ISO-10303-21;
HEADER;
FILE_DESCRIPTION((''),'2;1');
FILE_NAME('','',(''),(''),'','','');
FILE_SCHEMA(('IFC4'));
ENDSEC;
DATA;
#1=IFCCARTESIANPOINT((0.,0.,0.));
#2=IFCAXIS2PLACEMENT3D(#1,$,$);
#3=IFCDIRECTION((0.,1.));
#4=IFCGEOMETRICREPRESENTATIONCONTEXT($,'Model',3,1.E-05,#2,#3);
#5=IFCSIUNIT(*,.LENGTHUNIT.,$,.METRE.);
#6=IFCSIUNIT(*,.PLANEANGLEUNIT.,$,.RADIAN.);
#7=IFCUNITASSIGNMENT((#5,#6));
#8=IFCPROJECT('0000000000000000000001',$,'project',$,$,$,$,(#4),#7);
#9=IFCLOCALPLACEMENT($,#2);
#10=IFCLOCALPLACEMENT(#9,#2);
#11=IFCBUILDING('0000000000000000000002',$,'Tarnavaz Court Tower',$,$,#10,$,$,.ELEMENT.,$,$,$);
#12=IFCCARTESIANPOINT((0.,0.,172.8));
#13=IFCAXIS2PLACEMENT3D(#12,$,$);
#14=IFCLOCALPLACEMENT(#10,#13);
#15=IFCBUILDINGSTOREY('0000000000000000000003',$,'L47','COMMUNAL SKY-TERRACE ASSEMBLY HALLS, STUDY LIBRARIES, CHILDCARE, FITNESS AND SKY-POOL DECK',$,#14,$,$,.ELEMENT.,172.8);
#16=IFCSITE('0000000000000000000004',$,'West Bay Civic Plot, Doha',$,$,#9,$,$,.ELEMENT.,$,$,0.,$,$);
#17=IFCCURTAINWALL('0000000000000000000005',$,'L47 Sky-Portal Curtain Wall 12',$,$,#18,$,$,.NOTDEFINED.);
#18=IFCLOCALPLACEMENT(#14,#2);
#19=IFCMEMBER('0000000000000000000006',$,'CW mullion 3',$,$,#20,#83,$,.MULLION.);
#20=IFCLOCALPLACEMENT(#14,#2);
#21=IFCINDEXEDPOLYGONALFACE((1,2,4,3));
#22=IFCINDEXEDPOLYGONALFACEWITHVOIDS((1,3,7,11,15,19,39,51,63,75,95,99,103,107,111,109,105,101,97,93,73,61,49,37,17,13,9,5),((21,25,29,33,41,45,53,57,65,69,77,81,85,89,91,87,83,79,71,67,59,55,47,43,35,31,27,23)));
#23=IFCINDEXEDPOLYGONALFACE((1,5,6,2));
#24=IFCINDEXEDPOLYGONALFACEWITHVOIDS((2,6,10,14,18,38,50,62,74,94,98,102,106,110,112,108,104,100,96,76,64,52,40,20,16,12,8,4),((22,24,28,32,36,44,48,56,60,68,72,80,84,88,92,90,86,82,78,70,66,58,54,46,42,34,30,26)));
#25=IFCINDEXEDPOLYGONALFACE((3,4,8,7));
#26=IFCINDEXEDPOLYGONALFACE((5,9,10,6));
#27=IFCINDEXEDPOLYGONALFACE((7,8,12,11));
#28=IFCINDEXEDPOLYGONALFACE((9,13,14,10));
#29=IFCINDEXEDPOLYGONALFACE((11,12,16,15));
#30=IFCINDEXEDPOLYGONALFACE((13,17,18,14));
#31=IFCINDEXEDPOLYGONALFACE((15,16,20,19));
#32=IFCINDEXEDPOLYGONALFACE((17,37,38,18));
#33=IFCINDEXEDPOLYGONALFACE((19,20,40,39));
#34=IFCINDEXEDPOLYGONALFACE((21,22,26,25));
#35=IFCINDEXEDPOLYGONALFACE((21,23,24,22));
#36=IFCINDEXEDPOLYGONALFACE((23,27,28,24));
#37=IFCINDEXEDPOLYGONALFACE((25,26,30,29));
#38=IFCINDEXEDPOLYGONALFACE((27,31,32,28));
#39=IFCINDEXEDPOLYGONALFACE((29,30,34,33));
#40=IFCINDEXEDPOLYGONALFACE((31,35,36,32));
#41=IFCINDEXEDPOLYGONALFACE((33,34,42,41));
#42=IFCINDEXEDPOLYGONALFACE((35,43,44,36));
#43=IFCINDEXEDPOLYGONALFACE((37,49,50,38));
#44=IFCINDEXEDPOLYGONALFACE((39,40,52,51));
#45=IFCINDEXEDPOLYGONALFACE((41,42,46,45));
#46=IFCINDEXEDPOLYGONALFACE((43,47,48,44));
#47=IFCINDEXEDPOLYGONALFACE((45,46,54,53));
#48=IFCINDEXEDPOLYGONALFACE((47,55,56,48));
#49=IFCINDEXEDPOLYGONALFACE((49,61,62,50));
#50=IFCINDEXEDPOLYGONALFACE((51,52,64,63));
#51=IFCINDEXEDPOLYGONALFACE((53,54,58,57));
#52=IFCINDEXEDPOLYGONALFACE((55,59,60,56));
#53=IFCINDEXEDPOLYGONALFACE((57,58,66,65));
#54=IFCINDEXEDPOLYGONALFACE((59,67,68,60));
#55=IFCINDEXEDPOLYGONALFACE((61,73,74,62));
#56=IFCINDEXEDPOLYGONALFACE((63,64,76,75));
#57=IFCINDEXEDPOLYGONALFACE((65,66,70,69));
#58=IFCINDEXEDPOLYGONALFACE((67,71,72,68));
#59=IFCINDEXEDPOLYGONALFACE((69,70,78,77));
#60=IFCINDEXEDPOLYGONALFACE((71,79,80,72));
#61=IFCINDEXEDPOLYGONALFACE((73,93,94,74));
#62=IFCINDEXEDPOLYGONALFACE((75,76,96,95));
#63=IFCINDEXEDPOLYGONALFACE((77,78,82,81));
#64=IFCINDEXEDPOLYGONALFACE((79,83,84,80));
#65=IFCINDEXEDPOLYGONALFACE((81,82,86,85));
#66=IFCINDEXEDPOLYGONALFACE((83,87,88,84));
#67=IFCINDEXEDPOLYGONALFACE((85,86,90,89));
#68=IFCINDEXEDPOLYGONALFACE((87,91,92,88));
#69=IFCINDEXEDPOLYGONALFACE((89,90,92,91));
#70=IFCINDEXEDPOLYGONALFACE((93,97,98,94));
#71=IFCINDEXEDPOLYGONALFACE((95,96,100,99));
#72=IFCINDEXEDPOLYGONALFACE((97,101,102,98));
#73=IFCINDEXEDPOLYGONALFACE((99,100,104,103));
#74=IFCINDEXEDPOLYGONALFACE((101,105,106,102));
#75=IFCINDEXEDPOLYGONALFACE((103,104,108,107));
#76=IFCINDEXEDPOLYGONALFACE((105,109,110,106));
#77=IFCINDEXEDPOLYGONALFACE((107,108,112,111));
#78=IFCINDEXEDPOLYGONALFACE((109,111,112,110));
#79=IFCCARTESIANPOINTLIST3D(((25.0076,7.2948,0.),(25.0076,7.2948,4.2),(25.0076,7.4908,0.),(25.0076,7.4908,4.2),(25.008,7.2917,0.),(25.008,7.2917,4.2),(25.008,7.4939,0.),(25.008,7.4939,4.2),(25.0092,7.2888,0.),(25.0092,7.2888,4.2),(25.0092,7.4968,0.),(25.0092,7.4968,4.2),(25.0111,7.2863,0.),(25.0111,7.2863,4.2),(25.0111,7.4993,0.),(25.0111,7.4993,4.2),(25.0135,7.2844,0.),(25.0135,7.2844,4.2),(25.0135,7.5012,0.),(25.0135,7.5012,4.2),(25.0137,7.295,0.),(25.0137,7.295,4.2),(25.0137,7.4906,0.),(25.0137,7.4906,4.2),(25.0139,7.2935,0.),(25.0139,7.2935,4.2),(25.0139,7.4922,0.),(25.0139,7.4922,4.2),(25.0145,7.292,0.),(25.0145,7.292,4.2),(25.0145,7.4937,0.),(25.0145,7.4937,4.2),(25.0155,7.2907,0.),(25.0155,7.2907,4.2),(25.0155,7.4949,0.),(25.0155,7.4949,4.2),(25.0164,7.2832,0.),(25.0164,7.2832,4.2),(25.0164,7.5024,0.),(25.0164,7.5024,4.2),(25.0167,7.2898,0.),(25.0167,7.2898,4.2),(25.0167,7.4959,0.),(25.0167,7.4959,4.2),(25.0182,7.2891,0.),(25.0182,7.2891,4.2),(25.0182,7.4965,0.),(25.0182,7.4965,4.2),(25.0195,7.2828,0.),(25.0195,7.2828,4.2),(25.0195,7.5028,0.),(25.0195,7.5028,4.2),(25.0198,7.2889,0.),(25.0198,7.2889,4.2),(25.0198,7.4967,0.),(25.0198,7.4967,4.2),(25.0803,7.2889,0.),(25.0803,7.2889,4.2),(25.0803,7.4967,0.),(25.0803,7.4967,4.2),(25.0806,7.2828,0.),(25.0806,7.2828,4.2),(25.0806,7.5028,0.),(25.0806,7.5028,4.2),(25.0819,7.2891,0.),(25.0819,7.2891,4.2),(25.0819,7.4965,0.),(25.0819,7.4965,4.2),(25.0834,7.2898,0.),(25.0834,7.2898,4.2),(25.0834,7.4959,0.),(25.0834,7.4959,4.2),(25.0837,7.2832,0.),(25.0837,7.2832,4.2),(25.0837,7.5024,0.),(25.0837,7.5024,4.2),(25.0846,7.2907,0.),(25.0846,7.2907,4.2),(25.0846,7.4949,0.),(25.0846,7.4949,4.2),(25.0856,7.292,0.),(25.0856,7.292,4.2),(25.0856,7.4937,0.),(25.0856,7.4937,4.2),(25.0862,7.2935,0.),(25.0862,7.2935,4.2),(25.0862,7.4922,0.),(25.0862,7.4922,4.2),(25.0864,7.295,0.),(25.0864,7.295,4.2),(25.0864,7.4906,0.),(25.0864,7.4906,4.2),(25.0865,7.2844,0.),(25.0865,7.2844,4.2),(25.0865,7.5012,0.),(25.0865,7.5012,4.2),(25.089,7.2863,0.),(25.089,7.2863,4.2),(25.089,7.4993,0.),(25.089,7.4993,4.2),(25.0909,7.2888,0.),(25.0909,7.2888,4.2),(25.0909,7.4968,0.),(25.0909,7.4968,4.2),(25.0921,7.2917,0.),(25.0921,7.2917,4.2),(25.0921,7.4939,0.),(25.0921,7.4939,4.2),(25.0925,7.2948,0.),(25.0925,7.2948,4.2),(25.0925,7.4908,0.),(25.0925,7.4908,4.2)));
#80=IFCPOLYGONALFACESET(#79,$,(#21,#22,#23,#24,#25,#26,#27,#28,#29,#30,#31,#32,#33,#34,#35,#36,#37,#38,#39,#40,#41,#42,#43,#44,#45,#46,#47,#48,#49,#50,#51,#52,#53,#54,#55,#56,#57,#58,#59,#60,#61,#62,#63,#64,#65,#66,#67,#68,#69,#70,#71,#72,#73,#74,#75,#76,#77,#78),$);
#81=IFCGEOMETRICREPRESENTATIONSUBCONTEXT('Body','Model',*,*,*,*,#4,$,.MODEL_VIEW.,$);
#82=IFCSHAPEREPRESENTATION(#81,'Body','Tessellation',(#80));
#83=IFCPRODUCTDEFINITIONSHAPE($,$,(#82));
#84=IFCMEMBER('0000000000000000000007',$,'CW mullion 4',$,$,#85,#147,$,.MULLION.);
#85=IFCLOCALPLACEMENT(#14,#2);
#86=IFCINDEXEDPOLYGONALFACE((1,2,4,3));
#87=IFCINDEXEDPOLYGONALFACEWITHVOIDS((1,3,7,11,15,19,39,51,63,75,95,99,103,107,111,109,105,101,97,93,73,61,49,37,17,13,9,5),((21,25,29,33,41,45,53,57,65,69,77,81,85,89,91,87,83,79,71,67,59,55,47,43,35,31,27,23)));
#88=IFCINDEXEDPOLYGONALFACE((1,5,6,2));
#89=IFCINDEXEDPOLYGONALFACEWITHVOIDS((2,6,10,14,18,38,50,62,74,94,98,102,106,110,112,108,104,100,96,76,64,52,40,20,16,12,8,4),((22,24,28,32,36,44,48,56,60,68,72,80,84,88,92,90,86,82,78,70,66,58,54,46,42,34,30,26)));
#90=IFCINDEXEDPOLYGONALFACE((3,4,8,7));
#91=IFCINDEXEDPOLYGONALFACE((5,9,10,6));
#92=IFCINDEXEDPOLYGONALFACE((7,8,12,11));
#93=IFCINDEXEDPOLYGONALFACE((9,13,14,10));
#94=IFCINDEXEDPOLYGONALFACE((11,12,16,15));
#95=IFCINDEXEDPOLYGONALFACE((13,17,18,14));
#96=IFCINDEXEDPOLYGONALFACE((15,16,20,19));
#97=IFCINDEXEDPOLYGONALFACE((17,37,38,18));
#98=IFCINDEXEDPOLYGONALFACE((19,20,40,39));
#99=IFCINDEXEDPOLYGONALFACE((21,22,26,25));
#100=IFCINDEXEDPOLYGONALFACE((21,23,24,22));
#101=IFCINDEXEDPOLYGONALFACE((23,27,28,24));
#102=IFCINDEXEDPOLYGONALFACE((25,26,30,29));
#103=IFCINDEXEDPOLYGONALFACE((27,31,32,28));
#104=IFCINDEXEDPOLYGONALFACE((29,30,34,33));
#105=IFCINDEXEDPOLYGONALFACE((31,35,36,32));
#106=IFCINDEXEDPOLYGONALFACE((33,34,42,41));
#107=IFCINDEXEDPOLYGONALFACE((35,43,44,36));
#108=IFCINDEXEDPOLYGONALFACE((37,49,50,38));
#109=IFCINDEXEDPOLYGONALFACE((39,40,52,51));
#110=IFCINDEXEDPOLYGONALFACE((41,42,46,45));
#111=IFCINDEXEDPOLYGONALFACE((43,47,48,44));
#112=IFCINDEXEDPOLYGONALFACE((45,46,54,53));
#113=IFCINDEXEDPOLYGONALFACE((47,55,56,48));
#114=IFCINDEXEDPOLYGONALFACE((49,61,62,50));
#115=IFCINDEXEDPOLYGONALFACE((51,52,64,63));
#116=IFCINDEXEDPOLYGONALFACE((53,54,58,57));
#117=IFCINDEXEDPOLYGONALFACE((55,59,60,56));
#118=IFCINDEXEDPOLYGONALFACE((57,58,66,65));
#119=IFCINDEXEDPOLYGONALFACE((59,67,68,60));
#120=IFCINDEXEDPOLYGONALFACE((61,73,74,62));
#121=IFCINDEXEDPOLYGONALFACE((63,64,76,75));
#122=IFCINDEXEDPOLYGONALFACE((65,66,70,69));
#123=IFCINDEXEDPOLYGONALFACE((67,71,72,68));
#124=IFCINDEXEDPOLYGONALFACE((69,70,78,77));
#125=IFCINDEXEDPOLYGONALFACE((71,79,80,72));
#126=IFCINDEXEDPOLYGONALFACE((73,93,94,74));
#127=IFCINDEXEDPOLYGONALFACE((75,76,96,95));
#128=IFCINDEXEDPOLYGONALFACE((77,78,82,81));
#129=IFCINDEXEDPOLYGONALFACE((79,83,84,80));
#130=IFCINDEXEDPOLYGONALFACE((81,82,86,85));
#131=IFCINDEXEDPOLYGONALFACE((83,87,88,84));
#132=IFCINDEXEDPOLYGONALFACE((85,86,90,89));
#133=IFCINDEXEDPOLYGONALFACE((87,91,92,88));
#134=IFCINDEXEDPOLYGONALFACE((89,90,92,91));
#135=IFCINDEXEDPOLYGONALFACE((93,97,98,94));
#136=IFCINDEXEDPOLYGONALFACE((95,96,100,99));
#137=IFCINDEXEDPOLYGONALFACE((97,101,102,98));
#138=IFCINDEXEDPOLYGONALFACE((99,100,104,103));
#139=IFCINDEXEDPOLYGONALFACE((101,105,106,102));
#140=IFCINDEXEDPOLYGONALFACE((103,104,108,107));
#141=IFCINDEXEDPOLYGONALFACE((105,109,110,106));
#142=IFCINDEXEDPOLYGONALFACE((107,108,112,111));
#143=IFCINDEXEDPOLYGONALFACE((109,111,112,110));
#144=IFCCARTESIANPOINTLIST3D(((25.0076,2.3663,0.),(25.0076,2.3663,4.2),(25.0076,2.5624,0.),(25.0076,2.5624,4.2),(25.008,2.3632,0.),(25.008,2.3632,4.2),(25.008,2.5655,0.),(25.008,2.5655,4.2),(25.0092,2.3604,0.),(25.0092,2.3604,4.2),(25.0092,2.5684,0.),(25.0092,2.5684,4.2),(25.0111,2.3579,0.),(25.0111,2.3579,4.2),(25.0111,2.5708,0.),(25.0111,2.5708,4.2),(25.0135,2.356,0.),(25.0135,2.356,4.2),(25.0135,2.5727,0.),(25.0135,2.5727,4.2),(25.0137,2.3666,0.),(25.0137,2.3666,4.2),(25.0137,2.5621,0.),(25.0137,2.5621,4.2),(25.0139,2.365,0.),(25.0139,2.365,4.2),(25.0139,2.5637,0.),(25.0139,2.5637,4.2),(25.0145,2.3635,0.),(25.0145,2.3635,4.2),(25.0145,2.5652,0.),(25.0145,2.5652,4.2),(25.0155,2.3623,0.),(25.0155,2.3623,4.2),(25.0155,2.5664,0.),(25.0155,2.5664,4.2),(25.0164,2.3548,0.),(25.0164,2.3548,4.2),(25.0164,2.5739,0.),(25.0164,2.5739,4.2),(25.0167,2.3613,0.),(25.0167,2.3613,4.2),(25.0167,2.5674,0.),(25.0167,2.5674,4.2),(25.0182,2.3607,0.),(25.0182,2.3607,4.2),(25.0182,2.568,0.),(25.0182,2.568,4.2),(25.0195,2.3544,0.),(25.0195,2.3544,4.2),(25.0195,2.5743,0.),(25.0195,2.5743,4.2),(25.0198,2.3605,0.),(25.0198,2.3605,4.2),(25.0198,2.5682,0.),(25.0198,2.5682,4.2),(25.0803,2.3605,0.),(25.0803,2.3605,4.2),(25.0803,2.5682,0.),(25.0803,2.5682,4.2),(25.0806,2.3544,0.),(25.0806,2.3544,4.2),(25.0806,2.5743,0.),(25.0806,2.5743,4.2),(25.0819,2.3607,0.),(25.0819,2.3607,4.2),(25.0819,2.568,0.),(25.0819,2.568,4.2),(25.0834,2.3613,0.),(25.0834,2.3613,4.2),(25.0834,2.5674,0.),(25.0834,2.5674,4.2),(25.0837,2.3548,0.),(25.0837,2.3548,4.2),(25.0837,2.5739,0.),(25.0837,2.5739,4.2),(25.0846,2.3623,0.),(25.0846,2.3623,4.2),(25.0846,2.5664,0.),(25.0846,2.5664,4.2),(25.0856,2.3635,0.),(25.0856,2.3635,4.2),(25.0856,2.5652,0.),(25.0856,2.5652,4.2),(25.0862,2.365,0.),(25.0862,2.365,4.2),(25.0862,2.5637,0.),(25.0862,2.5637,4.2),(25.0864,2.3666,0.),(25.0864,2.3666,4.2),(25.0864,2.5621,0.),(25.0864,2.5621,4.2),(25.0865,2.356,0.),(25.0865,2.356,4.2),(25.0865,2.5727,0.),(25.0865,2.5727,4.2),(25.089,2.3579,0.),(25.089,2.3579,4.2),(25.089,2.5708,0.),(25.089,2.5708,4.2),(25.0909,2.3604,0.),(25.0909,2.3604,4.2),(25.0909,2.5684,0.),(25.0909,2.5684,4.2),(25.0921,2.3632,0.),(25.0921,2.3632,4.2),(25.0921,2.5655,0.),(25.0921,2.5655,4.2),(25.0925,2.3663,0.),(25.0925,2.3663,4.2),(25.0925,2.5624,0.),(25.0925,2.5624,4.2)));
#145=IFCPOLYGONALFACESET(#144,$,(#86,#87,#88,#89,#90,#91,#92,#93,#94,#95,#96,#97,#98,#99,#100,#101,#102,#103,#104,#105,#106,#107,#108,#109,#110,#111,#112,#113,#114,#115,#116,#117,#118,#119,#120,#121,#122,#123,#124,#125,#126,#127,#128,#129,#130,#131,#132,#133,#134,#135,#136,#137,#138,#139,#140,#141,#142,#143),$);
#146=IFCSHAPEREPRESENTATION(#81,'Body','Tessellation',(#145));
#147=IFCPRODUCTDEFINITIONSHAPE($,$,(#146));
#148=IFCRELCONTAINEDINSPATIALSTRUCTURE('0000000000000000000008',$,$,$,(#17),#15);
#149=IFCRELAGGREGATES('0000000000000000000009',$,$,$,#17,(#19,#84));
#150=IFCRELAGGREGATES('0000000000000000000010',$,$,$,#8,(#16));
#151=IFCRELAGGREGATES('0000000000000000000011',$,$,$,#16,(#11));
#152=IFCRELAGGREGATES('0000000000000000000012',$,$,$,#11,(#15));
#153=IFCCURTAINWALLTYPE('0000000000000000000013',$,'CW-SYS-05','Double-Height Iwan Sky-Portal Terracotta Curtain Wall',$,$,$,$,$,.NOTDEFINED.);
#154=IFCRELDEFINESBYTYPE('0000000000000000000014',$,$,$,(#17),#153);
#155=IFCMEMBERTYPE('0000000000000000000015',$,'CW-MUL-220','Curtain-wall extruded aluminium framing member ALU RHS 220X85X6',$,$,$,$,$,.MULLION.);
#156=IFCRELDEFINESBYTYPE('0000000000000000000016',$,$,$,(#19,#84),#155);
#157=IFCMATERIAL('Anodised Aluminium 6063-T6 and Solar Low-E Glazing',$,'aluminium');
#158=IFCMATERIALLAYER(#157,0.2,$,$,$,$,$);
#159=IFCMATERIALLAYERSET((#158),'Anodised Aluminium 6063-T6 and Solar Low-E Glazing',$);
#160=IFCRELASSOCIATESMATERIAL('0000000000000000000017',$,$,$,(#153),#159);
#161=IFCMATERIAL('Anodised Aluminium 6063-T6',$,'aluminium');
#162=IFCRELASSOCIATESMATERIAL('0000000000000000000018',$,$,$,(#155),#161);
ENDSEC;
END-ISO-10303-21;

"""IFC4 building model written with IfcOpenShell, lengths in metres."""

from ifc_helpers import new_model, si_unit, direction, frame, origin, origin_2d, place, context, subcontext, project, spatial, hollow_rectangle, extrude, material, layer, layer_set, material_profile, profile_set, type_object, element, aggregate, save


model = new_model("IFC4")

# Units and contexts
model_context = context("Model", 3, precision=1e-05, world=origin(), true_north=direction((0.0, 1.0)))
body_context = subcontext(model_context, "Body", "Model", "MODEL_VIEW")
ifc_project = project(units=[si_unit("LENGTHUNIT", "METRE"), si_unit("PLANEANGLEUNIT", "RADIAN")], contexts=[model_context])

# Site, building, storey
site_placement = place(None, origin())
site = spatial("IfcSite", under=ifc_project, at=site_placement, Name="West Bay Civic Plot, Doha", CompositionType="ELEMENT", RefElevation=0.0)
building_placement = place(site_placement, origin())
building = spatial("IfcBuilding", under=site, at=building_placement, Name="Tarnavaz Court Tower", CompositionType="ELEMENT")
storey_placement = place(building_placement, frame((0.0, 0.0, 172.8)))
storey = spatial("IfcBuildingStorey", under=building, at=storey_placement, Name="L47", Description="COMMUNAL SKY-TERRACE ASSEMBLY HALLS, STUDY LIBRARIES, CHILDCARE, FITNESS AND SKY-POOL DECK", CompositionType="ELEMENT", Elevation=172.8)

# Curtain wall, members
ifc_material_1 = material(Name="Anodised Aluminium 6063-T6 and Solar Low-E Glazing", Category="aluminium")
ifc_layer_1 = layer(ifc_material_1, 0.2)
ifc_layer_set_1 = layer_set([ifc_layer_1], Name="Anodised Aluminium 6063-T6 and Solar Low-E Glazing")
curtain_wall_type = type_object("IfcCurtainWallType", Name="CW-SYS-05", Description="Double-Height Iwan Sky-Portal Terracotta Curtain Wall", PredefinedType="NOTDEFINED", material=ifc_layer_set_1)
curtain_wall_placement = place(storey_placement, origin())
curtain_wall = element("IfcCurtainWall", 1, at=curtain_wall_placement, inside=storey, type_object=curtain_wall_type, Name="L47 Sky-Portal Curtain Wall 12", PredefinedType="NOTDEFINED")
ifc_material_2 = material(Name="Anodised Aluminium 6063-T6", Category="aluminium")
ifc_material_profile_1 = material_profile(ifc_material_2, hollow_rectangle(XDim=0.085, YDim=0.22, WallThickness=0.0061, InnerFilletRadius=0.0061, OuterFilletRadius=0.012, at=origin_2d()), Name="ALU RHS 220X85X6")
ifc_profile_set_1 = profile_set([ifc_material_profile_1], Name="Anodised Aluminium 6063-T6")
member_type_1 = type_object("IfcMemberType", Name="CW-MUL-220", Description="Curtain-wall extruded aluminium framing member ALU RHS 220X85X6", PredefinedType="MULLION", material=ifc_profile_set_1)
member_1_placement = place(storey_placement, frame((25.05, 7.3928, 0.0), z_axis=(0.0, 0.0, 1.0), x_axis=(1.0, 0.0, 0.0)))
member_1 = element("IfcMember", 2, at=member_1_placement, type_object=member_type_1, Name="CW mullion 3", PredefinedType="MULLION", context=body_context, shape_type="SweptSolid", body=[
    extrude(hollow_rectangle(XDim=0.085, YDim=0.22, WallThickness=0.0061, InnerFilletRadius=0.0061, OuterFilletRadius=0.012, at=origin_2d()), origin(), (0.0, 0.0, 1.0), 4.2),
])
member_2_placement = place(storey_placement, frame((25.05, 2.4644, 0.0), z_axis=(0.0, 0.0, 1.0), x_axis=(1.0, 0.0, 0.0)))
member_2 = element("IfcMember", 3, at=member_2_placement, type_object=member_type_1, Name="CW mullion 4", PredefinedType="MULLION", context=body_context, shape_type="SweptSolid", body=[
    extrude(hollow_rectangle(XDim=0.085, YDim=0.22, WallThickness=0.0061, InnerFilletRadius=0.0061, OuterFilletRadius=0.012, at=origin_2d()), origin(), (0.0, 0.0, 1.0), 4.2),
])
aggregate(curtain_wall, [member_1, member_2])

save(model, "model.ifc")
